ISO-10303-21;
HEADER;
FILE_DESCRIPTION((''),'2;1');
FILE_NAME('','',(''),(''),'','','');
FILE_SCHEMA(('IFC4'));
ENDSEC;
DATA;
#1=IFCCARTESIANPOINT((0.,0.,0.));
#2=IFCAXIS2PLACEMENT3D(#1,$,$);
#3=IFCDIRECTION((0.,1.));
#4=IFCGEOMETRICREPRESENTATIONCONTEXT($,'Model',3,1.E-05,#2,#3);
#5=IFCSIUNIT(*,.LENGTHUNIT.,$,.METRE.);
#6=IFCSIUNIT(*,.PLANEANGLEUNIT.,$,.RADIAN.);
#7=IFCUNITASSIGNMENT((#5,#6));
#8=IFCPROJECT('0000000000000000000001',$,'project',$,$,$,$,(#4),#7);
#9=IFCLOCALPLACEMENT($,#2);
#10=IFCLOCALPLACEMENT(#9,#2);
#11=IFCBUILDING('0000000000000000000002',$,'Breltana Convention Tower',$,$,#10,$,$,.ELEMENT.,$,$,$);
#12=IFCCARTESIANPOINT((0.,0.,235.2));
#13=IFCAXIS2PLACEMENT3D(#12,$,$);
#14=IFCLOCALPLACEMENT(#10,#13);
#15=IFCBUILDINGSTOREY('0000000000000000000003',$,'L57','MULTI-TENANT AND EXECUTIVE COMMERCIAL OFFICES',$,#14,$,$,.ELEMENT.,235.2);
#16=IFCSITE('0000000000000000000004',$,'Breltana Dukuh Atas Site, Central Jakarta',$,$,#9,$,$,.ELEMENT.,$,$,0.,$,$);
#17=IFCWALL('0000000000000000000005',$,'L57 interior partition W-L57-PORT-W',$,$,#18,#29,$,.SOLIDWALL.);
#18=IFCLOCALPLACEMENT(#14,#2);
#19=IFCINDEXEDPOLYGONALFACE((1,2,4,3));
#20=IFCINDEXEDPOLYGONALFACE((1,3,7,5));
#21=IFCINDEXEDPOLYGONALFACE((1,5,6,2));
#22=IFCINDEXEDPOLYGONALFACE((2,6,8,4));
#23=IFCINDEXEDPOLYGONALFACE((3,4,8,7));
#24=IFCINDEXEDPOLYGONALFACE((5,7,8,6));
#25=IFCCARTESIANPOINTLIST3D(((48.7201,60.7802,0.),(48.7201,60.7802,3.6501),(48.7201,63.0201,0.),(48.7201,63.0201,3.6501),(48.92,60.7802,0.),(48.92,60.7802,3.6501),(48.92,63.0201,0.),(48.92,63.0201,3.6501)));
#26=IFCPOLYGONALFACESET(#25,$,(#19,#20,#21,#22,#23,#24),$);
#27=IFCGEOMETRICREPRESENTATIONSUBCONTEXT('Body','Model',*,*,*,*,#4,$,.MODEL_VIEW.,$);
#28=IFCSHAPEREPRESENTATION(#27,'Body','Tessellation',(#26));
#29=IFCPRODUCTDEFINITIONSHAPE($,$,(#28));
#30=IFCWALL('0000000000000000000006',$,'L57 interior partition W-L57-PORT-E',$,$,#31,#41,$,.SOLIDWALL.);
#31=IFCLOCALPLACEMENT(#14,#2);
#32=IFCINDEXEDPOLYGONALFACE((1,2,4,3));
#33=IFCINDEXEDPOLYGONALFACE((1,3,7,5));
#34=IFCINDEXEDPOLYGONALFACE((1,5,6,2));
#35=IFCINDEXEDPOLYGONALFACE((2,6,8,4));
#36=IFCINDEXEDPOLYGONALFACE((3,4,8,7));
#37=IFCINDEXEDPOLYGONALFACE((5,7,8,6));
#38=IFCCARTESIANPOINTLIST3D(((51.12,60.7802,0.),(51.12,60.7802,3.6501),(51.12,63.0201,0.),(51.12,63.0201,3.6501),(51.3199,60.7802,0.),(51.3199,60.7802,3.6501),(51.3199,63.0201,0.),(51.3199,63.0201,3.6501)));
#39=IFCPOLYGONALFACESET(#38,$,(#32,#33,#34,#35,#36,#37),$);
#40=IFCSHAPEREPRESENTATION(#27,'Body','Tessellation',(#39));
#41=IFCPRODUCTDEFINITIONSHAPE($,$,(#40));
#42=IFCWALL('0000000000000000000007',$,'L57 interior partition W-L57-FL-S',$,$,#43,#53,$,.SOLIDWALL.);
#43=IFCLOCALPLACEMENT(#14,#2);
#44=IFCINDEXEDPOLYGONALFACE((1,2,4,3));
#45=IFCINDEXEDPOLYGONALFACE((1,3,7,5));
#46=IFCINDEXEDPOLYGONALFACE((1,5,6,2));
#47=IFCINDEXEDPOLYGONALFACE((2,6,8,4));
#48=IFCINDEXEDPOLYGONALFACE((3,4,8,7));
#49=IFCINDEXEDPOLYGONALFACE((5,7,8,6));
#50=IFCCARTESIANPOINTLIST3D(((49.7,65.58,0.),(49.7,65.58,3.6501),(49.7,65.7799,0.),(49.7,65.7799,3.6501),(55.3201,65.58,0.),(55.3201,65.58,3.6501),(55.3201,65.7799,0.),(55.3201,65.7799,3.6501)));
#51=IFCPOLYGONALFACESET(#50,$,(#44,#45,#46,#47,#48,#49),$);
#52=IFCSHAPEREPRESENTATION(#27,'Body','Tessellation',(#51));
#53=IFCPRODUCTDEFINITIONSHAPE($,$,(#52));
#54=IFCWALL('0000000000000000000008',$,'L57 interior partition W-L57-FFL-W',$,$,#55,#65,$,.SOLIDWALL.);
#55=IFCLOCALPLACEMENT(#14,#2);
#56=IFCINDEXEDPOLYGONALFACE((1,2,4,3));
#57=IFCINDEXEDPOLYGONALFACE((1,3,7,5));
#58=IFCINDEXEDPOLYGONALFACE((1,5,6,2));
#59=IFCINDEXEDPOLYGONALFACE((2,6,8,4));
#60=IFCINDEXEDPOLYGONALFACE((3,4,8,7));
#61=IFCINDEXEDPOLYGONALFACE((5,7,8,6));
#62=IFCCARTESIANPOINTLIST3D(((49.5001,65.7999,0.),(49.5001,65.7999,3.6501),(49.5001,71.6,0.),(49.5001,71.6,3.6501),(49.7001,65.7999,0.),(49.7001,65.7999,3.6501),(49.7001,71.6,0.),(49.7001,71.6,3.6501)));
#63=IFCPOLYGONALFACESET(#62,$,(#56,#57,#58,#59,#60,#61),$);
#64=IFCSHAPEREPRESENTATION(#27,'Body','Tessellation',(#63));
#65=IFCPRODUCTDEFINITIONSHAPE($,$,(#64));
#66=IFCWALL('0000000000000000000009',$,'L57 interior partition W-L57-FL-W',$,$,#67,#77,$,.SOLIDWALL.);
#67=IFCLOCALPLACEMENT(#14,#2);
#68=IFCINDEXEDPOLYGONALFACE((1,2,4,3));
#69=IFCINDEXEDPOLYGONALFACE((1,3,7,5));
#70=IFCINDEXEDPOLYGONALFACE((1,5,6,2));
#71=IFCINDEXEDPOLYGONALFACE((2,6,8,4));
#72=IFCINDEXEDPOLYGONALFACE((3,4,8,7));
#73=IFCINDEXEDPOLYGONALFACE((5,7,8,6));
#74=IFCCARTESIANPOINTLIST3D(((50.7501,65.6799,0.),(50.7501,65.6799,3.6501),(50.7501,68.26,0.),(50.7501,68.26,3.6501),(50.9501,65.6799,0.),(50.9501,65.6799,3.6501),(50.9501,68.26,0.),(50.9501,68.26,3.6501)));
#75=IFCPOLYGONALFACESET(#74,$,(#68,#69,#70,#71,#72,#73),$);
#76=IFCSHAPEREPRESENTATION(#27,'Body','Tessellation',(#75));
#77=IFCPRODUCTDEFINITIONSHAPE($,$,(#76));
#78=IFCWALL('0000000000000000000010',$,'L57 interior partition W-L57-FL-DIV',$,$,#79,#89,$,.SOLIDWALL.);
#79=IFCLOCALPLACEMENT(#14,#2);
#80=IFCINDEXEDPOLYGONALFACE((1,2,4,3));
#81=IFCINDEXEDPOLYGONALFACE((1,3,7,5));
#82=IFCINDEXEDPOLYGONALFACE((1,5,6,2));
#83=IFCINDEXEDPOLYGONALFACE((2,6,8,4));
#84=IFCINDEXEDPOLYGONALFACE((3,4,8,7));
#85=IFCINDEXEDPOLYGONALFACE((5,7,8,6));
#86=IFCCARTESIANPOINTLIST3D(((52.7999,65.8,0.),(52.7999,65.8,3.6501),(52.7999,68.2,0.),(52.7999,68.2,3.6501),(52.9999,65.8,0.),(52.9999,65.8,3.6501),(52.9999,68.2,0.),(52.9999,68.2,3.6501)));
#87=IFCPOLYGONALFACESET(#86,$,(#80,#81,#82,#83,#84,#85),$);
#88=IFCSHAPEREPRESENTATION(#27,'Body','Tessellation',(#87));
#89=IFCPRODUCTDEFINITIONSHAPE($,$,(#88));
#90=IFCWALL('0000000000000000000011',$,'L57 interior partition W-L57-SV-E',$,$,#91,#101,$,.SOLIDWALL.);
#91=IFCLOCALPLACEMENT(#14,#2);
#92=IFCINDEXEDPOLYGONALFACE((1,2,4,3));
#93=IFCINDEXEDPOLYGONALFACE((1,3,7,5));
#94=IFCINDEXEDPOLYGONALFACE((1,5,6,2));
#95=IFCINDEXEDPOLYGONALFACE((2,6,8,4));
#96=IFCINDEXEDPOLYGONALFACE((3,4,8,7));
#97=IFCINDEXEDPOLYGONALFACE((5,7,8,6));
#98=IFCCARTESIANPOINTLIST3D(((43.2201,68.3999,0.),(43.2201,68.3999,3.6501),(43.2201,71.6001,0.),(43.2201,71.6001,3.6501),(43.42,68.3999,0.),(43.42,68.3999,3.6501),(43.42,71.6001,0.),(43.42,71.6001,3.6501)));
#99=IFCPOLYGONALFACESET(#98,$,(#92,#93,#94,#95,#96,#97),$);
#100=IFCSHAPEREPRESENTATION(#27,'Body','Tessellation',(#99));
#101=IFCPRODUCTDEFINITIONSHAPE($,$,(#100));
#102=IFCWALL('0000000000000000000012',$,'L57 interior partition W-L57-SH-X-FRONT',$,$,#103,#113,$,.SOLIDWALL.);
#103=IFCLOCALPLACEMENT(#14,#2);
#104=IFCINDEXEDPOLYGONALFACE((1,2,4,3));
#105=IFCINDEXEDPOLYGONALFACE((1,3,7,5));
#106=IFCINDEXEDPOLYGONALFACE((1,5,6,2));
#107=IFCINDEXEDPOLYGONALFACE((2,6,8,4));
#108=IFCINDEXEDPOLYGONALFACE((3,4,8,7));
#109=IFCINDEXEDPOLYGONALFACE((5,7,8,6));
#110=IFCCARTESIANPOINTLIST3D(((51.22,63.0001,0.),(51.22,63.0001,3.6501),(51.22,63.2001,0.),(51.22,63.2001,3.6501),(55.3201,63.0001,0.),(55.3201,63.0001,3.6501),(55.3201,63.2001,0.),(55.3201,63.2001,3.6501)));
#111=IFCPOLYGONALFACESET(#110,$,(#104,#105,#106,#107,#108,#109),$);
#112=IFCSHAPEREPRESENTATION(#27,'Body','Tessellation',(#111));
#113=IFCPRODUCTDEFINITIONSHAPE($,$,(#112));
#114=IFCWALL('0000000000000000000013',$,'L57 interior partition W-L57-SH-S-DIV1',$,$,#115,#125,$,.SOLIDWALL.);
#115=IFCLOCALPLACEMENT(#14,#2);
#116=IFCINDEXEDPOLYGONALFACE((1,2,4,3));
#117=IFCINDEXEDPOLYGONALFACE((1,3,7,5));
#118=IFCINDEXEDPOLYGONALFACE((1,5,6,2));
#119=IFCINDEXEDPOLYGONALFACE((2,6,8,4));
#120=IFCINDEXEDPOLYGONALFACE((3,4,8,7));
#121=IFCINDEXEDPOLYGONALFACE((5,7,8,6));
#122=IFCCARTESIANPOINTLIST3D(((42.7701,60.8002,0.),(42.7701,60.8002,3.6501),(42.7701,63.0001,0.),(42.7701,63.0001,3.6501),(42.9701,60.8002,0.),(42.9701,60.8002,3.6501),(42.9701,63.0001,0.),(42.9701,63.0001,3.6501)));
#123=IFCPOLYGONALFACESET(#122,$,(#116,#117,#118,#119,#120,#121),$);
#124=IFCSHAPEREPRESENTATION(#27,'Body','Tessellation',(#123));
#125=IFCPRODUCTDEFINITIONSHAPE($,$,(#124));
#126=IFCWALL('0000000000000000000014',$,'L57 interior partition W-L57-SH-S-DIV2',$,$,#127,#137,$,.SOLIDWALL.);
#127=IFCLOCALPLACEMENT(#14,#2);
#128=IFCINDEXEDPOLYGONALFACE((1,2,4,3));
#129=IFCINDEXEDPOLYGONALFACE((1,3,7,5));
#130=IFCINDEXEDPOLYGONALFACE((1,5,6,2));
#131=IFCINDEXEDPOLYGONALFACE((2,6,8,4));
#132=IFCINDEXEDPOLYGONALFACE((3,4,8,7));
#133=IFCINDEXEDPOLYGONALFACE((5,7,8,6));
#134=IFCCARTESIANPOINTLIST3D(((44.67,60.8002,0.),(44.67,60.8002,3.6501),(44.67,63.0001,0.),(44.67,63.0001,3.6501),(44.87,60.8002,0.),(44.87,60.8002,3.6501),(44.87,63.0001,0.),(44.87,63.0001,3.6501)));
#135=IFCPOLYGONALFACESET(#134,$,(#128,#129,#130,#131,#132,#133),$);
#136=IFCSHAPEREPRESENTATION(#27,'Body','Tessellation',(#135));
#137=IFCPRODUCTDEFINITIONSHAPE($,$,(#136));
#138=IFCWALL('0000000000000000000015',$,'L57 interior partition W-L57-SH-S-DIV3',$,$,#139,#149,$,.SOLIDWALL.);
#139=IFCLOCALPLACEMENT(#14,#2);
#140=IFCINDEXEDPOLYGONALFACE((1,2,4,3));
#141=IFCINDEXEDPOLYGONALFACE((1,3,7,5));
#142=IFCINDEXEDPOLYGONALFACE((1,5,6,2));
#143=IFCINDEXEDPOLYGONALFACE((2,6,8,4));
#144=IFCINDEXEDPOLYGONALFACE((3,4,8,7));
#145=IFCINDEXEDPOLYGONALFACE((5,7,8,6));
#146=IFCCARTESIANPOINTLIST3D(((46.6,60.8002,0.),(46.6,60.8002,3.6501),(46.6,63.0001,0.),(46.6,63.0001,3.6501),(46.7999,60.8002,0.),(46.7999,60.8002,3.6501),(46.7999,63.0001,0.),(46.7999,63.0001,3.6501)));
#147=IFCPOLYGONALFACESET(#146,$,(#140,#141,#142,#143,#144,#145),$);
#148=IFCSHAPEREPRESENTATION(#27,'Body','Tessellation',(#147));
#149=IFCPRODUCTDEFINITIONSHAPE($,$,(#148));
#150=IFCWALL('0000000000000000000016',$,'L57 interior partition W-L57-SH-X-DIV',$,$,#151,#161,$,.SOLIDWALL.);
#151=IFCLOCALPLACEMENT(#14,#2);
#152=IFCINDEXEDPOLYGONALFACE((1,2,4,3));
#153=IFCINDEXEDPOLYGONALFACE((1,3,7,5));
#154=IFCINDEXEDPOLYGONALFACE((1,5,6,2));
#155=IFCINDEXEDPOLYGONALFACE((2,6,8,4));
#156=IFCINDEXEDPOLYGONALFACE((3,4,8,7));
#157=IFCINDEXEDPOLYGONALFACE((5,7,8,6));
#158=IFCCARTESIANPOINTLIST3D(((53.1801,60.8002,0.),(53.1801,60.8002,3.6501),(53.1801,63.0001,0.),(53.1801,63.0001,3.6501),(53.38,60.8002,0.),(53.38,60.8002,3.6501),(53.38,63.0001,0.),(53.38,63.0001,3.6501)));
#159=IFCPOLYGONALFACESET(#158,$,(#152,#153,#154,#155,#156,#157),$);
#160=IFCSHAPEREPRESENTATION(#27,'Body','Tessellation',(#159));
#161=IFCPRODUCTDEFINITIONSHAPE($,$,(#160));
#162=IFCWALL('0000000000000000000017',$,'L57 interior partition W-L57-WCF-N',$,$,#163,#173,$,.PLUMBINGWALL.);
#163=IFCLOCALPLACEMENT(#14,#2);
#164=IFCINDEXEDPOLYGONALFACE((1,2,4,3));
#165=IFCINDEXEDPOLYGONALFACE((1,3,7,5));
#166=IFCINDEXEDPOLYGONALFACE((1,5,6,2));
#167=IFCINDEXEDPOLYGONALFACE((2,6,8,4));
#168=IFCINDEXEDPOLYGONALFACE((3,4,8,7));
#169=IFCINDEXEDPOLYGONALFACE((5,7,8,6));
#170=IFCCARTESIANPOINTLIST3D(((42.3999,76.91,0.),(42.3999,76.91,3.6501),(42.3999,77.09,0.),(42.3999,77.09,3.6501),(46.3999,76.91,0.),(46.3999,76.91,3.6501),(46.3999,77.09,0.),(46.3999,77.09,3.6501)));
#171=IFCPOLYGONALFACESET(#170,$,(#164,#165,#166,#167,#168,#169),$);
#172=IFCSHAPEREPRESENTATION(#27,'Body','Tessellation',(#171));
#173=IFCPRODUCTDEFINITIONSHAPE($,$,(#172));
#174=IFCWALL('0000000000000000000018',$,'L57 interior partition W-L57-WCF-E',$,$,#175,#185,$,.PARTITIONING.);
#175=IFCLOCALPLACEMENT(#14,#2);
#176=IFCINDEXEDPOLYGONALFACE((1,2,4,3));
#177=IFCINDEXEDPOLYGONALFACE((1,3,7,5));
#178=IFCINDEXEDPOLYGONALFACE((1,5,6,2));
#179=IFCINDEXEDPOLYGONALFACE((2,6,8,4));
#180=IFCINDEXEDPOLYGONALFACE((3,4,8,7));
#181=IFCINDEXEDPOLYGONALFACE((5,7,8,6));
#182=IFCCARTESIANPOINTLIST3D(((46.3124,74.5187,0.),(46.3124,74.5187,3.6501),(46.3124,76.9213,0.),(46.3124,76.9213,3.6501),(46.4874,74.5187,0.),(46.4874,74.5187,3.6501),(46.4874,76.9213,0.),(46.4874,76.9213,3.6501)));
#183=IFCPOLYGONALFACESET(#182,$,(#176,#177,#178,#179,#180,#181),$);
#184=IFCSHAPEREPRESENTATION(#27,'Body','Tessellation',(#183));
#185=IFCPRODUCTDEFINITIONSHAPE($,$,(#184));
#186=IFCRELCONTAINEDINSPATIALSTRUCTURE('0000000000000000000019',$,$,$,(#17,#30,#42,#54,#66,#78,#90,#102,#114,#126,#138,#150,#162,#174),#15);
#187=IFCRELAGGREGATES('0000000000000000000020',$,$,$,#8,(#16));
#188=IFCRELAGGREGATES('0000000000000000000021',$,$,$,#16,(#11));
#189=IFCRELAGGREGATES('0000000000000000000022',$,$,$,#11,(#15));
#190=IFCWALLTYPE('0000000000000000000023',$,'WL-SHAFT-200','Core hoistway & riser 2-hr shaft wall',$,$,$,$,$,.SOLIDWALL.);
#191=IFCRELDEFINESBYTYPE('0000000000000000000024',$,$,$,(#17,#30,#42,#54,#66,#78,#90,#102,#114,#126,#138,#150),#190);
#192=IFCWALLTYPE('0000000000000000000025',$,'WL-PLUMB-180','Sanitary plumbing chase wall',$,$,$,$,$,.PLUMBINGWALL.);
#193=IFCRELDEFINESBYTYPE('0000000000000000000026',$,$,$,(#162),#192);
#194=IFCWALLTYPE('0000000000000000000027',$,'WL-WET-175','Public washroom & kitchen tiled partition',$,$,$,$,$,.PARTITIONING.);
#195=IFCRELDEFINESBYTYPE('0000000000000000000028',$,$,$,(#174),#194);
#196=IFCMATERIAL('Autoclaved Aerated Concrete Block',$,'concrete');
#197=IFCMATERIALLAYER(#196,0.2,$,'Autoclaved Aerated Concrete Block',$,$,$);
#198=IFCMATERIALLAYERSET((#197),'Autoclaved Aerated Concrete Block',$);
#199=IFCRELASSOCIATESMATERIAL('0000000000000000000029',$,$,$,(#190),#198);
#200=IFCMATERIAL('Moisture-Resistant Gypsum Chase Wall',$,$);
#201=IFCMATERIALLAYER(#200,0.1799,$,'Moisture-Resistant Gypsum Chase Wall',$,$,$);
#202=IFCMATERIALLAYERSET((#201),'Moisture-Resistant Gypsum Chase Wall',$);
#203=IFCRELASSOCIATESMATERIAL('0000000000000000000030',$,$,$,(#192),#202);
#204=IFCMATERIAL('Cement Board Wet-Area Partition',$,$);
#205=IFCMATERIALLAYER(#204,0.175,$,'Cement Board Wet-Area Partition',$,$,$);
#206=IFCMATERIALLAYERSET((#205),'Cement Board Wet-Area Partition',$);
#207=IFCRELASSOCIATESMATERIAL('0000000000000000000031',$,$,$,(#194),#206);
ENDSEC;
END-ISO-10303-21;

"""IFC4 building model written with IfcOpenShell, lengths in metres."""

from ifc_helpers import new_model, si_unit, direction, frame, frame_2d, origin, place, context, subcontext, project, spatial, rectangle, extrude, source, transform, mapped, material, layer, layer_set, type_object, element, save


model = new_model("IFC4")

# Units and contexts
model_context = context("Model", 3, precision=1e-05, world=origin(), true_north=direction((0.0, 1.0)))
body_context = subcontext(model_context, "Body", "Model", "MODEL_VIEW")
ifc_project = project(units=[si_unit("LENGTHUNIT", "METRE"), si_unit("PLANEANGLEUNIT", "RADIAN")], contexts=[model_context])

# Site, building, storey
site_placement = place(None, origin())
site = spatial("IfcSite", under=ifc_project, at=site_placement, Name="Breltana Dukuh Atas Site, Central Jakarta", CompositionType="ELEMENT", RefElevation=0.0)
building_placement = place(site_placement, origin())
building = spatial("IfcBuilding", under=site, at=building_placement, Name="Breltana Convention Tower", CompositionType="ELEMENT")
storey_placement = place(building_placement, frame((0.0, 0.0, 235.2)))
storey = spatial("IfcBuildingStorey", under=building, at=storey_placement, Name="L57", Description="MULTI-TENANT AND EXECUTIVE COMMERCIAL OFFICES", CompositionType="ELEMENT", Elevation=235.2)

# Walls
ifc_material_1 = material(Name="Autoclaved Aerated Concrete Block", Category="concrete")
ifc_layer_1 = layer(ifc_material_1, 0.2, Name="Autoclaved Aerated Concrete Block")
ifc_layer_set_1 = layer_set([ifc_layer_1], Name="Autoclaved Aerated Concrete Block")
wall_type_1 = type_object("IfcWallType", Name="WL-SHAFT-200", Description="Core hoistway & riser 2-hr shaft wall", PredefinedType="SOLIDWALL", material=ifc_layer_set_1)
shared_shape_1 = source(origin(), body_context, "Body", "SweptSolid", [
    extrude(rectangle(XDim=2.24, YDim=0.2, at=frame_2d((1.1201, 0.0))), origin(), (0.0, 0.0, 1.0), 3.6501),
])
for number, where, z_axis, x_axis, name in (
    (1, (48.8201, 60.78, 0.0), (0.0, 0.0, 1.0), (0.0, 1.0, 0.0), "L57 interior partition W-L57-PORT-W"),
    (2, (51.22, 60.78, 0.0), (0.0, 0.0, 1.0), (0.0, 1.0, 0.0), "L57 interior partition W-L57-PORT-E"),
):
    element("IfcWall", number, at=place(storey_placement, frame(where, z_axis=z_axis, x_axis=x_axis)), inside=storey, type_object=wall_type_1, Name=name, PredefinedType="SOLIDWALL", context=body_context, shape_type="MappedRepresentation", body=[
        mapped(shared_shape_1, transform((0.0, 0.0, 0.0), scale=1.0)),
    ])

# Shared definitions
shared_shape_2 = source(origin(), body_context, "Body", "SweptSolid", [
    extrude(rectangle(XDim=5.6201, YDim=0.2, at=frame_2d((2.8101, 0.0))), origin(), (0.0, 0.0, 1.0), 3.6501),
])

# Walls
wall_1_placement = place(storey_placement, frame((49.7, 65.6799, 0.0), z_axis=(0.0, 0.0, 1.0), x_axis=(1.0, 0.0, 0.0)))
element("IfcWall", 3, at=wall_1_placement, inside=storey, type_object=wall_type_1, Name="L57 interior partition W-L57-FL-S", PredefinedType="SOLIDWALL", context=body_context, shape_type="MappedRepresentation", body=[
    mapped(shared_shape_2, transform((0.0, 0.0, 0.0), scale=1.0)),
])
shared_shape_3 = source(origin(), body_context, "Body", "SweptSolid", [
    extrude(rectangle(XDim=5.8, YDim=0.2, at=frame_2d((2.8999, 0.0))), origin(), (0.0, 0.0, 1.0), 3.6501),
])
wall_2_placement = place(storey_placement, frame((49.6001, 65.8, 0.0), z_axis=(0.0, 0.0, 1.0), x_axis=(0.0, 1.0, 0.0)))
element("IfcWall", 4, at=wall_2_placement, inside=storey, type_object=wall_type_1, Name="L57 interior partition W-L57-FFL-W", PredefinedType="SOLIDWALL", context=body_context, shape_type="MappedRepresentation", body=[
    mapped(shared_shape_3, transform((0.0, 0.0, 0.0), scale=1.0)),
])
shared_shape_4 = source(origin(), body_context, "Body", "SweptSolid", [
    extrude(rectangle(XDim=2.5801, YDim=0.2, at=frame_2d((1.29, 0.0))), origin(), (0.0, 0.0, 1.0), 3.6501),
])
wall_3_placement = place(storey_placement, frame((50.8501, 65.6799, 0.0), z_axis=(0.0, 0.0, 1.0), x_axis=(0.0, 1.0, 0.0)))
element("IfcWall", 5, at=wall_3_placement, inside=storey, type_object=wall_type_1, Name="L57 interior partition W-L57-FL-W", PredefinedType="SOLIDWALL", context=body_context, shape_type="MappedRepresentation", body=[
    mapped(shared_shape_4, transform((0.0, 0.0, 0.0), scale=1.0)),
])
shared_shape_5 = source(origin(), body_context, "Body", "SweptSolid", [
    extrude(rectangle(XDim=2.3999, YDim=0.2, at=frame_2d((1.2, 0.0))), origin(), (0.0, 0.0, 1.0), 3.6501),
])
wall_4_placement = place(storey_placement, frame((52.8999, 65.8, 0.0), z_axis=(0.0, 0.0, 1.0), x_axis=(0.0, 1.0, 0.0)))
element("IfcWall", 6, at=wall_4_placement, inside=storey, type_object=wall_type_1, Name="L57 interior partition W-L57-FL-DIV", PredefinedType="SOLIDWALL", context=body_context, shape_type="MappedRepresentation", body=[
    mapped(shared_shape_5, transform((0.0, 0.0, 0.0), scale=1.0)),
])
shared_shape_6 = source(origin(), body_context, "Body", "SweptSolid", [
    extrude(rectangle(XDim=3.2002, YDim=0.2, at=frame_2d((1.6001, 0.0))), origin(), (0.0, 0.0, 1.0), 3.6501),
])
wall_5_placement = place(storey_placement, frame((43.3201, 68.3999, 0.0), z_axis=(0.0, 0.0, 1.0), x_axis=(0.0, 1.0, 0.0)))
element("IfcWall", 7, at=wall_5_placement, inside=storey, type_object=wall_type_1, Name="L57 interior partition W-L57-SV-E", PredefinedType="SOLIDWALL", context=body_context, shape_type="MappedRepresentation", body=[
    mapped(shared_shape_6, transform((0.0, 0.0, 0.0), scale=1.0)),
])
shared_shape_7 = source(origin(), body_context, "Body", "SweptSolid", [
    extrude(rectangle(XDim=4.1001, YDim=0.2, at=frame_2d((2.05, 0.0))), origin(), (0.0, 0.0, 1.0), 3.6501),
])
wall_6_placement = place(storey_placement, frame((51.22, 63.1001, 0.0), z_axis=(0.0, 0.0, 1.0), x_axis=(1.0, 0.0, 0.0)))
element("IfcWall", 8, at=wall_6_placement, inside=storey, type_object=wall_type_1, Name="L57 interior partition W-L57-SH-X-FRONT", PredefinedType="SOLIDWALL", context=body_context, shape_type="MappedRepresentation", body=[
    mapped(shared_shape_7, transform((0.0, 0.0, 0.0), scale=1.0)),
])
shared_shape_8 = source(origin(), body_context, "Body", "SweptSolid", [
    extrude(rectangle(XDim=2.2, YDim=0.2, at=frame_2d((1.1001, 0.0))), origin(), (0.0, 0.0, 1.0), 3.6501),
])
for number, where, z_axis, x_axis, name in (
    (9, (42.8701, 60.8, 0.0), (0.0, 0.0, 1.0), (0.0, 1.0, 0.0), "L57 interior partition W-L57-SH-S-DIV1"),
    (10, (44.77, 60.8, 0.0), (0.0, 0.0, 1.0), (0.0, 1.0, 0.0), "L57 interior partition W-L57-SH-S-DIV2"),
    (11, (46.7, 60.8, 0.0), (0.0, 0.0, 1.0), (0.0, 1.0, 0.0), "L57 interior partition W-L57-SH-S-DIV3"),
    (12, (53.28, 60.8, 0.0), (0.0, 0.0, 1.0), (0.0, 1.0, 0.0), "L57 interior partition W-L57-SH-X-DIV"),
):
    element("IfcWall", number, at=place(storey_placement, frame(where, z_axis=z_axis, x_axis=x_axis)), inside=storey, type_object=wall_type_1, Name=name, PredefinedType="SOLIDWALL", context=body_context, shape_type="MappedRepresentation", body=[
        mapped(shared_shape_8, transform((0.0, 0.0, 0.0), scale=1.0)),
    ])
ifc_material_2 = material(Name="Moisture-Resistant Gypsum Chase Wall")
ifc_layer_2 = layer(ifc_material_2, 0.1799, Name="Moisture-Resistant Gypsum Chase Wall")
ifc_layer_set_2 = layer_set([ifc_layer_2], Name="Moisture-Resistant Gypsum Chase Wall")
wall_type_2 = type_object("IfcWallType", Name="WL-PLUMB-180", Description="Sanitary plumbing chase wall", PredefinedType="PLUMBINGWALL", material=ifc_layer_set_2)
shared_shape_9 = source(origin(), body_context, "Body", "SweptSolid", [
    extrude(rectangle(XDim=4.0, YDim=0.1799, at=frame_2d((2.0, 0.0))), origin(), (0.0, 0.0, 1.0), 3.6501),
])
wall_7_placement = place(storey_placement, frame((42.3999, 77.0, 0.0), z_axis=(0.0, 0.0, 1.0), x_axis=(1.0, 0.0, 0.0)))
element("IfcWall", 13, at=wall_7_placement, inside=storey, type_object=wall_type_2, Name="L57 interior partition W-L57-WCF-N", PredefinedType="PLUMBINGWALL", context=body_context, shape_type="MappedRepresentation", body=[
    mapped(shared_shape_9, transform((0.0, 0.0, 0.0), scale=1.0)),
])
ifc_material_3 = material(Name="Cement Board Wet-Area Partition")
ifc_layer_3 = layer(ifc_material_3, 0.175, Name="Cement Board Wet-Area Partition")
ifc_layer_set_3 = layer_set([ifc_layer_3], Name="Cement Board Wet-Area Partition")
wall_type_3 = type_object("IfcWallType", Name="WL-WET-175", Description="Public washroom & kitchen tiled partition", PredefinedType="PARTITIONING", material=ifc_layer_set_3)
shared_shape_10 = source(origin(), body_context, "Body", "SweptSolid", [
    extrude(rectangle(XDim=2.4026, YDim=0.175, at=frame_2d((1.2012, 0.0))), origin(), (0.0, 0.0, 1.0), 3.6501),
])
wall_8_placement = place(storey_placement, frame((46.3999, 74.5188, 0.0), z_axis=(0.0, 0.0, 1.0), x_axis=(0.0, 1.0, 0.0)))
element("IfcWall", 14, at=wall_8_placement, inside=storey, type_object=wall_type_3, Name="L57 interior partition W-L57-WCF-E", PredefinedType="PARTITIONING", context=body_context, shape_type="MappedRepresentation", body=[
    mapped(shared_shape_10, transform((0.0, 0.0, 0.0), scale=1.0)),
])

save(model, "model.ifc")
